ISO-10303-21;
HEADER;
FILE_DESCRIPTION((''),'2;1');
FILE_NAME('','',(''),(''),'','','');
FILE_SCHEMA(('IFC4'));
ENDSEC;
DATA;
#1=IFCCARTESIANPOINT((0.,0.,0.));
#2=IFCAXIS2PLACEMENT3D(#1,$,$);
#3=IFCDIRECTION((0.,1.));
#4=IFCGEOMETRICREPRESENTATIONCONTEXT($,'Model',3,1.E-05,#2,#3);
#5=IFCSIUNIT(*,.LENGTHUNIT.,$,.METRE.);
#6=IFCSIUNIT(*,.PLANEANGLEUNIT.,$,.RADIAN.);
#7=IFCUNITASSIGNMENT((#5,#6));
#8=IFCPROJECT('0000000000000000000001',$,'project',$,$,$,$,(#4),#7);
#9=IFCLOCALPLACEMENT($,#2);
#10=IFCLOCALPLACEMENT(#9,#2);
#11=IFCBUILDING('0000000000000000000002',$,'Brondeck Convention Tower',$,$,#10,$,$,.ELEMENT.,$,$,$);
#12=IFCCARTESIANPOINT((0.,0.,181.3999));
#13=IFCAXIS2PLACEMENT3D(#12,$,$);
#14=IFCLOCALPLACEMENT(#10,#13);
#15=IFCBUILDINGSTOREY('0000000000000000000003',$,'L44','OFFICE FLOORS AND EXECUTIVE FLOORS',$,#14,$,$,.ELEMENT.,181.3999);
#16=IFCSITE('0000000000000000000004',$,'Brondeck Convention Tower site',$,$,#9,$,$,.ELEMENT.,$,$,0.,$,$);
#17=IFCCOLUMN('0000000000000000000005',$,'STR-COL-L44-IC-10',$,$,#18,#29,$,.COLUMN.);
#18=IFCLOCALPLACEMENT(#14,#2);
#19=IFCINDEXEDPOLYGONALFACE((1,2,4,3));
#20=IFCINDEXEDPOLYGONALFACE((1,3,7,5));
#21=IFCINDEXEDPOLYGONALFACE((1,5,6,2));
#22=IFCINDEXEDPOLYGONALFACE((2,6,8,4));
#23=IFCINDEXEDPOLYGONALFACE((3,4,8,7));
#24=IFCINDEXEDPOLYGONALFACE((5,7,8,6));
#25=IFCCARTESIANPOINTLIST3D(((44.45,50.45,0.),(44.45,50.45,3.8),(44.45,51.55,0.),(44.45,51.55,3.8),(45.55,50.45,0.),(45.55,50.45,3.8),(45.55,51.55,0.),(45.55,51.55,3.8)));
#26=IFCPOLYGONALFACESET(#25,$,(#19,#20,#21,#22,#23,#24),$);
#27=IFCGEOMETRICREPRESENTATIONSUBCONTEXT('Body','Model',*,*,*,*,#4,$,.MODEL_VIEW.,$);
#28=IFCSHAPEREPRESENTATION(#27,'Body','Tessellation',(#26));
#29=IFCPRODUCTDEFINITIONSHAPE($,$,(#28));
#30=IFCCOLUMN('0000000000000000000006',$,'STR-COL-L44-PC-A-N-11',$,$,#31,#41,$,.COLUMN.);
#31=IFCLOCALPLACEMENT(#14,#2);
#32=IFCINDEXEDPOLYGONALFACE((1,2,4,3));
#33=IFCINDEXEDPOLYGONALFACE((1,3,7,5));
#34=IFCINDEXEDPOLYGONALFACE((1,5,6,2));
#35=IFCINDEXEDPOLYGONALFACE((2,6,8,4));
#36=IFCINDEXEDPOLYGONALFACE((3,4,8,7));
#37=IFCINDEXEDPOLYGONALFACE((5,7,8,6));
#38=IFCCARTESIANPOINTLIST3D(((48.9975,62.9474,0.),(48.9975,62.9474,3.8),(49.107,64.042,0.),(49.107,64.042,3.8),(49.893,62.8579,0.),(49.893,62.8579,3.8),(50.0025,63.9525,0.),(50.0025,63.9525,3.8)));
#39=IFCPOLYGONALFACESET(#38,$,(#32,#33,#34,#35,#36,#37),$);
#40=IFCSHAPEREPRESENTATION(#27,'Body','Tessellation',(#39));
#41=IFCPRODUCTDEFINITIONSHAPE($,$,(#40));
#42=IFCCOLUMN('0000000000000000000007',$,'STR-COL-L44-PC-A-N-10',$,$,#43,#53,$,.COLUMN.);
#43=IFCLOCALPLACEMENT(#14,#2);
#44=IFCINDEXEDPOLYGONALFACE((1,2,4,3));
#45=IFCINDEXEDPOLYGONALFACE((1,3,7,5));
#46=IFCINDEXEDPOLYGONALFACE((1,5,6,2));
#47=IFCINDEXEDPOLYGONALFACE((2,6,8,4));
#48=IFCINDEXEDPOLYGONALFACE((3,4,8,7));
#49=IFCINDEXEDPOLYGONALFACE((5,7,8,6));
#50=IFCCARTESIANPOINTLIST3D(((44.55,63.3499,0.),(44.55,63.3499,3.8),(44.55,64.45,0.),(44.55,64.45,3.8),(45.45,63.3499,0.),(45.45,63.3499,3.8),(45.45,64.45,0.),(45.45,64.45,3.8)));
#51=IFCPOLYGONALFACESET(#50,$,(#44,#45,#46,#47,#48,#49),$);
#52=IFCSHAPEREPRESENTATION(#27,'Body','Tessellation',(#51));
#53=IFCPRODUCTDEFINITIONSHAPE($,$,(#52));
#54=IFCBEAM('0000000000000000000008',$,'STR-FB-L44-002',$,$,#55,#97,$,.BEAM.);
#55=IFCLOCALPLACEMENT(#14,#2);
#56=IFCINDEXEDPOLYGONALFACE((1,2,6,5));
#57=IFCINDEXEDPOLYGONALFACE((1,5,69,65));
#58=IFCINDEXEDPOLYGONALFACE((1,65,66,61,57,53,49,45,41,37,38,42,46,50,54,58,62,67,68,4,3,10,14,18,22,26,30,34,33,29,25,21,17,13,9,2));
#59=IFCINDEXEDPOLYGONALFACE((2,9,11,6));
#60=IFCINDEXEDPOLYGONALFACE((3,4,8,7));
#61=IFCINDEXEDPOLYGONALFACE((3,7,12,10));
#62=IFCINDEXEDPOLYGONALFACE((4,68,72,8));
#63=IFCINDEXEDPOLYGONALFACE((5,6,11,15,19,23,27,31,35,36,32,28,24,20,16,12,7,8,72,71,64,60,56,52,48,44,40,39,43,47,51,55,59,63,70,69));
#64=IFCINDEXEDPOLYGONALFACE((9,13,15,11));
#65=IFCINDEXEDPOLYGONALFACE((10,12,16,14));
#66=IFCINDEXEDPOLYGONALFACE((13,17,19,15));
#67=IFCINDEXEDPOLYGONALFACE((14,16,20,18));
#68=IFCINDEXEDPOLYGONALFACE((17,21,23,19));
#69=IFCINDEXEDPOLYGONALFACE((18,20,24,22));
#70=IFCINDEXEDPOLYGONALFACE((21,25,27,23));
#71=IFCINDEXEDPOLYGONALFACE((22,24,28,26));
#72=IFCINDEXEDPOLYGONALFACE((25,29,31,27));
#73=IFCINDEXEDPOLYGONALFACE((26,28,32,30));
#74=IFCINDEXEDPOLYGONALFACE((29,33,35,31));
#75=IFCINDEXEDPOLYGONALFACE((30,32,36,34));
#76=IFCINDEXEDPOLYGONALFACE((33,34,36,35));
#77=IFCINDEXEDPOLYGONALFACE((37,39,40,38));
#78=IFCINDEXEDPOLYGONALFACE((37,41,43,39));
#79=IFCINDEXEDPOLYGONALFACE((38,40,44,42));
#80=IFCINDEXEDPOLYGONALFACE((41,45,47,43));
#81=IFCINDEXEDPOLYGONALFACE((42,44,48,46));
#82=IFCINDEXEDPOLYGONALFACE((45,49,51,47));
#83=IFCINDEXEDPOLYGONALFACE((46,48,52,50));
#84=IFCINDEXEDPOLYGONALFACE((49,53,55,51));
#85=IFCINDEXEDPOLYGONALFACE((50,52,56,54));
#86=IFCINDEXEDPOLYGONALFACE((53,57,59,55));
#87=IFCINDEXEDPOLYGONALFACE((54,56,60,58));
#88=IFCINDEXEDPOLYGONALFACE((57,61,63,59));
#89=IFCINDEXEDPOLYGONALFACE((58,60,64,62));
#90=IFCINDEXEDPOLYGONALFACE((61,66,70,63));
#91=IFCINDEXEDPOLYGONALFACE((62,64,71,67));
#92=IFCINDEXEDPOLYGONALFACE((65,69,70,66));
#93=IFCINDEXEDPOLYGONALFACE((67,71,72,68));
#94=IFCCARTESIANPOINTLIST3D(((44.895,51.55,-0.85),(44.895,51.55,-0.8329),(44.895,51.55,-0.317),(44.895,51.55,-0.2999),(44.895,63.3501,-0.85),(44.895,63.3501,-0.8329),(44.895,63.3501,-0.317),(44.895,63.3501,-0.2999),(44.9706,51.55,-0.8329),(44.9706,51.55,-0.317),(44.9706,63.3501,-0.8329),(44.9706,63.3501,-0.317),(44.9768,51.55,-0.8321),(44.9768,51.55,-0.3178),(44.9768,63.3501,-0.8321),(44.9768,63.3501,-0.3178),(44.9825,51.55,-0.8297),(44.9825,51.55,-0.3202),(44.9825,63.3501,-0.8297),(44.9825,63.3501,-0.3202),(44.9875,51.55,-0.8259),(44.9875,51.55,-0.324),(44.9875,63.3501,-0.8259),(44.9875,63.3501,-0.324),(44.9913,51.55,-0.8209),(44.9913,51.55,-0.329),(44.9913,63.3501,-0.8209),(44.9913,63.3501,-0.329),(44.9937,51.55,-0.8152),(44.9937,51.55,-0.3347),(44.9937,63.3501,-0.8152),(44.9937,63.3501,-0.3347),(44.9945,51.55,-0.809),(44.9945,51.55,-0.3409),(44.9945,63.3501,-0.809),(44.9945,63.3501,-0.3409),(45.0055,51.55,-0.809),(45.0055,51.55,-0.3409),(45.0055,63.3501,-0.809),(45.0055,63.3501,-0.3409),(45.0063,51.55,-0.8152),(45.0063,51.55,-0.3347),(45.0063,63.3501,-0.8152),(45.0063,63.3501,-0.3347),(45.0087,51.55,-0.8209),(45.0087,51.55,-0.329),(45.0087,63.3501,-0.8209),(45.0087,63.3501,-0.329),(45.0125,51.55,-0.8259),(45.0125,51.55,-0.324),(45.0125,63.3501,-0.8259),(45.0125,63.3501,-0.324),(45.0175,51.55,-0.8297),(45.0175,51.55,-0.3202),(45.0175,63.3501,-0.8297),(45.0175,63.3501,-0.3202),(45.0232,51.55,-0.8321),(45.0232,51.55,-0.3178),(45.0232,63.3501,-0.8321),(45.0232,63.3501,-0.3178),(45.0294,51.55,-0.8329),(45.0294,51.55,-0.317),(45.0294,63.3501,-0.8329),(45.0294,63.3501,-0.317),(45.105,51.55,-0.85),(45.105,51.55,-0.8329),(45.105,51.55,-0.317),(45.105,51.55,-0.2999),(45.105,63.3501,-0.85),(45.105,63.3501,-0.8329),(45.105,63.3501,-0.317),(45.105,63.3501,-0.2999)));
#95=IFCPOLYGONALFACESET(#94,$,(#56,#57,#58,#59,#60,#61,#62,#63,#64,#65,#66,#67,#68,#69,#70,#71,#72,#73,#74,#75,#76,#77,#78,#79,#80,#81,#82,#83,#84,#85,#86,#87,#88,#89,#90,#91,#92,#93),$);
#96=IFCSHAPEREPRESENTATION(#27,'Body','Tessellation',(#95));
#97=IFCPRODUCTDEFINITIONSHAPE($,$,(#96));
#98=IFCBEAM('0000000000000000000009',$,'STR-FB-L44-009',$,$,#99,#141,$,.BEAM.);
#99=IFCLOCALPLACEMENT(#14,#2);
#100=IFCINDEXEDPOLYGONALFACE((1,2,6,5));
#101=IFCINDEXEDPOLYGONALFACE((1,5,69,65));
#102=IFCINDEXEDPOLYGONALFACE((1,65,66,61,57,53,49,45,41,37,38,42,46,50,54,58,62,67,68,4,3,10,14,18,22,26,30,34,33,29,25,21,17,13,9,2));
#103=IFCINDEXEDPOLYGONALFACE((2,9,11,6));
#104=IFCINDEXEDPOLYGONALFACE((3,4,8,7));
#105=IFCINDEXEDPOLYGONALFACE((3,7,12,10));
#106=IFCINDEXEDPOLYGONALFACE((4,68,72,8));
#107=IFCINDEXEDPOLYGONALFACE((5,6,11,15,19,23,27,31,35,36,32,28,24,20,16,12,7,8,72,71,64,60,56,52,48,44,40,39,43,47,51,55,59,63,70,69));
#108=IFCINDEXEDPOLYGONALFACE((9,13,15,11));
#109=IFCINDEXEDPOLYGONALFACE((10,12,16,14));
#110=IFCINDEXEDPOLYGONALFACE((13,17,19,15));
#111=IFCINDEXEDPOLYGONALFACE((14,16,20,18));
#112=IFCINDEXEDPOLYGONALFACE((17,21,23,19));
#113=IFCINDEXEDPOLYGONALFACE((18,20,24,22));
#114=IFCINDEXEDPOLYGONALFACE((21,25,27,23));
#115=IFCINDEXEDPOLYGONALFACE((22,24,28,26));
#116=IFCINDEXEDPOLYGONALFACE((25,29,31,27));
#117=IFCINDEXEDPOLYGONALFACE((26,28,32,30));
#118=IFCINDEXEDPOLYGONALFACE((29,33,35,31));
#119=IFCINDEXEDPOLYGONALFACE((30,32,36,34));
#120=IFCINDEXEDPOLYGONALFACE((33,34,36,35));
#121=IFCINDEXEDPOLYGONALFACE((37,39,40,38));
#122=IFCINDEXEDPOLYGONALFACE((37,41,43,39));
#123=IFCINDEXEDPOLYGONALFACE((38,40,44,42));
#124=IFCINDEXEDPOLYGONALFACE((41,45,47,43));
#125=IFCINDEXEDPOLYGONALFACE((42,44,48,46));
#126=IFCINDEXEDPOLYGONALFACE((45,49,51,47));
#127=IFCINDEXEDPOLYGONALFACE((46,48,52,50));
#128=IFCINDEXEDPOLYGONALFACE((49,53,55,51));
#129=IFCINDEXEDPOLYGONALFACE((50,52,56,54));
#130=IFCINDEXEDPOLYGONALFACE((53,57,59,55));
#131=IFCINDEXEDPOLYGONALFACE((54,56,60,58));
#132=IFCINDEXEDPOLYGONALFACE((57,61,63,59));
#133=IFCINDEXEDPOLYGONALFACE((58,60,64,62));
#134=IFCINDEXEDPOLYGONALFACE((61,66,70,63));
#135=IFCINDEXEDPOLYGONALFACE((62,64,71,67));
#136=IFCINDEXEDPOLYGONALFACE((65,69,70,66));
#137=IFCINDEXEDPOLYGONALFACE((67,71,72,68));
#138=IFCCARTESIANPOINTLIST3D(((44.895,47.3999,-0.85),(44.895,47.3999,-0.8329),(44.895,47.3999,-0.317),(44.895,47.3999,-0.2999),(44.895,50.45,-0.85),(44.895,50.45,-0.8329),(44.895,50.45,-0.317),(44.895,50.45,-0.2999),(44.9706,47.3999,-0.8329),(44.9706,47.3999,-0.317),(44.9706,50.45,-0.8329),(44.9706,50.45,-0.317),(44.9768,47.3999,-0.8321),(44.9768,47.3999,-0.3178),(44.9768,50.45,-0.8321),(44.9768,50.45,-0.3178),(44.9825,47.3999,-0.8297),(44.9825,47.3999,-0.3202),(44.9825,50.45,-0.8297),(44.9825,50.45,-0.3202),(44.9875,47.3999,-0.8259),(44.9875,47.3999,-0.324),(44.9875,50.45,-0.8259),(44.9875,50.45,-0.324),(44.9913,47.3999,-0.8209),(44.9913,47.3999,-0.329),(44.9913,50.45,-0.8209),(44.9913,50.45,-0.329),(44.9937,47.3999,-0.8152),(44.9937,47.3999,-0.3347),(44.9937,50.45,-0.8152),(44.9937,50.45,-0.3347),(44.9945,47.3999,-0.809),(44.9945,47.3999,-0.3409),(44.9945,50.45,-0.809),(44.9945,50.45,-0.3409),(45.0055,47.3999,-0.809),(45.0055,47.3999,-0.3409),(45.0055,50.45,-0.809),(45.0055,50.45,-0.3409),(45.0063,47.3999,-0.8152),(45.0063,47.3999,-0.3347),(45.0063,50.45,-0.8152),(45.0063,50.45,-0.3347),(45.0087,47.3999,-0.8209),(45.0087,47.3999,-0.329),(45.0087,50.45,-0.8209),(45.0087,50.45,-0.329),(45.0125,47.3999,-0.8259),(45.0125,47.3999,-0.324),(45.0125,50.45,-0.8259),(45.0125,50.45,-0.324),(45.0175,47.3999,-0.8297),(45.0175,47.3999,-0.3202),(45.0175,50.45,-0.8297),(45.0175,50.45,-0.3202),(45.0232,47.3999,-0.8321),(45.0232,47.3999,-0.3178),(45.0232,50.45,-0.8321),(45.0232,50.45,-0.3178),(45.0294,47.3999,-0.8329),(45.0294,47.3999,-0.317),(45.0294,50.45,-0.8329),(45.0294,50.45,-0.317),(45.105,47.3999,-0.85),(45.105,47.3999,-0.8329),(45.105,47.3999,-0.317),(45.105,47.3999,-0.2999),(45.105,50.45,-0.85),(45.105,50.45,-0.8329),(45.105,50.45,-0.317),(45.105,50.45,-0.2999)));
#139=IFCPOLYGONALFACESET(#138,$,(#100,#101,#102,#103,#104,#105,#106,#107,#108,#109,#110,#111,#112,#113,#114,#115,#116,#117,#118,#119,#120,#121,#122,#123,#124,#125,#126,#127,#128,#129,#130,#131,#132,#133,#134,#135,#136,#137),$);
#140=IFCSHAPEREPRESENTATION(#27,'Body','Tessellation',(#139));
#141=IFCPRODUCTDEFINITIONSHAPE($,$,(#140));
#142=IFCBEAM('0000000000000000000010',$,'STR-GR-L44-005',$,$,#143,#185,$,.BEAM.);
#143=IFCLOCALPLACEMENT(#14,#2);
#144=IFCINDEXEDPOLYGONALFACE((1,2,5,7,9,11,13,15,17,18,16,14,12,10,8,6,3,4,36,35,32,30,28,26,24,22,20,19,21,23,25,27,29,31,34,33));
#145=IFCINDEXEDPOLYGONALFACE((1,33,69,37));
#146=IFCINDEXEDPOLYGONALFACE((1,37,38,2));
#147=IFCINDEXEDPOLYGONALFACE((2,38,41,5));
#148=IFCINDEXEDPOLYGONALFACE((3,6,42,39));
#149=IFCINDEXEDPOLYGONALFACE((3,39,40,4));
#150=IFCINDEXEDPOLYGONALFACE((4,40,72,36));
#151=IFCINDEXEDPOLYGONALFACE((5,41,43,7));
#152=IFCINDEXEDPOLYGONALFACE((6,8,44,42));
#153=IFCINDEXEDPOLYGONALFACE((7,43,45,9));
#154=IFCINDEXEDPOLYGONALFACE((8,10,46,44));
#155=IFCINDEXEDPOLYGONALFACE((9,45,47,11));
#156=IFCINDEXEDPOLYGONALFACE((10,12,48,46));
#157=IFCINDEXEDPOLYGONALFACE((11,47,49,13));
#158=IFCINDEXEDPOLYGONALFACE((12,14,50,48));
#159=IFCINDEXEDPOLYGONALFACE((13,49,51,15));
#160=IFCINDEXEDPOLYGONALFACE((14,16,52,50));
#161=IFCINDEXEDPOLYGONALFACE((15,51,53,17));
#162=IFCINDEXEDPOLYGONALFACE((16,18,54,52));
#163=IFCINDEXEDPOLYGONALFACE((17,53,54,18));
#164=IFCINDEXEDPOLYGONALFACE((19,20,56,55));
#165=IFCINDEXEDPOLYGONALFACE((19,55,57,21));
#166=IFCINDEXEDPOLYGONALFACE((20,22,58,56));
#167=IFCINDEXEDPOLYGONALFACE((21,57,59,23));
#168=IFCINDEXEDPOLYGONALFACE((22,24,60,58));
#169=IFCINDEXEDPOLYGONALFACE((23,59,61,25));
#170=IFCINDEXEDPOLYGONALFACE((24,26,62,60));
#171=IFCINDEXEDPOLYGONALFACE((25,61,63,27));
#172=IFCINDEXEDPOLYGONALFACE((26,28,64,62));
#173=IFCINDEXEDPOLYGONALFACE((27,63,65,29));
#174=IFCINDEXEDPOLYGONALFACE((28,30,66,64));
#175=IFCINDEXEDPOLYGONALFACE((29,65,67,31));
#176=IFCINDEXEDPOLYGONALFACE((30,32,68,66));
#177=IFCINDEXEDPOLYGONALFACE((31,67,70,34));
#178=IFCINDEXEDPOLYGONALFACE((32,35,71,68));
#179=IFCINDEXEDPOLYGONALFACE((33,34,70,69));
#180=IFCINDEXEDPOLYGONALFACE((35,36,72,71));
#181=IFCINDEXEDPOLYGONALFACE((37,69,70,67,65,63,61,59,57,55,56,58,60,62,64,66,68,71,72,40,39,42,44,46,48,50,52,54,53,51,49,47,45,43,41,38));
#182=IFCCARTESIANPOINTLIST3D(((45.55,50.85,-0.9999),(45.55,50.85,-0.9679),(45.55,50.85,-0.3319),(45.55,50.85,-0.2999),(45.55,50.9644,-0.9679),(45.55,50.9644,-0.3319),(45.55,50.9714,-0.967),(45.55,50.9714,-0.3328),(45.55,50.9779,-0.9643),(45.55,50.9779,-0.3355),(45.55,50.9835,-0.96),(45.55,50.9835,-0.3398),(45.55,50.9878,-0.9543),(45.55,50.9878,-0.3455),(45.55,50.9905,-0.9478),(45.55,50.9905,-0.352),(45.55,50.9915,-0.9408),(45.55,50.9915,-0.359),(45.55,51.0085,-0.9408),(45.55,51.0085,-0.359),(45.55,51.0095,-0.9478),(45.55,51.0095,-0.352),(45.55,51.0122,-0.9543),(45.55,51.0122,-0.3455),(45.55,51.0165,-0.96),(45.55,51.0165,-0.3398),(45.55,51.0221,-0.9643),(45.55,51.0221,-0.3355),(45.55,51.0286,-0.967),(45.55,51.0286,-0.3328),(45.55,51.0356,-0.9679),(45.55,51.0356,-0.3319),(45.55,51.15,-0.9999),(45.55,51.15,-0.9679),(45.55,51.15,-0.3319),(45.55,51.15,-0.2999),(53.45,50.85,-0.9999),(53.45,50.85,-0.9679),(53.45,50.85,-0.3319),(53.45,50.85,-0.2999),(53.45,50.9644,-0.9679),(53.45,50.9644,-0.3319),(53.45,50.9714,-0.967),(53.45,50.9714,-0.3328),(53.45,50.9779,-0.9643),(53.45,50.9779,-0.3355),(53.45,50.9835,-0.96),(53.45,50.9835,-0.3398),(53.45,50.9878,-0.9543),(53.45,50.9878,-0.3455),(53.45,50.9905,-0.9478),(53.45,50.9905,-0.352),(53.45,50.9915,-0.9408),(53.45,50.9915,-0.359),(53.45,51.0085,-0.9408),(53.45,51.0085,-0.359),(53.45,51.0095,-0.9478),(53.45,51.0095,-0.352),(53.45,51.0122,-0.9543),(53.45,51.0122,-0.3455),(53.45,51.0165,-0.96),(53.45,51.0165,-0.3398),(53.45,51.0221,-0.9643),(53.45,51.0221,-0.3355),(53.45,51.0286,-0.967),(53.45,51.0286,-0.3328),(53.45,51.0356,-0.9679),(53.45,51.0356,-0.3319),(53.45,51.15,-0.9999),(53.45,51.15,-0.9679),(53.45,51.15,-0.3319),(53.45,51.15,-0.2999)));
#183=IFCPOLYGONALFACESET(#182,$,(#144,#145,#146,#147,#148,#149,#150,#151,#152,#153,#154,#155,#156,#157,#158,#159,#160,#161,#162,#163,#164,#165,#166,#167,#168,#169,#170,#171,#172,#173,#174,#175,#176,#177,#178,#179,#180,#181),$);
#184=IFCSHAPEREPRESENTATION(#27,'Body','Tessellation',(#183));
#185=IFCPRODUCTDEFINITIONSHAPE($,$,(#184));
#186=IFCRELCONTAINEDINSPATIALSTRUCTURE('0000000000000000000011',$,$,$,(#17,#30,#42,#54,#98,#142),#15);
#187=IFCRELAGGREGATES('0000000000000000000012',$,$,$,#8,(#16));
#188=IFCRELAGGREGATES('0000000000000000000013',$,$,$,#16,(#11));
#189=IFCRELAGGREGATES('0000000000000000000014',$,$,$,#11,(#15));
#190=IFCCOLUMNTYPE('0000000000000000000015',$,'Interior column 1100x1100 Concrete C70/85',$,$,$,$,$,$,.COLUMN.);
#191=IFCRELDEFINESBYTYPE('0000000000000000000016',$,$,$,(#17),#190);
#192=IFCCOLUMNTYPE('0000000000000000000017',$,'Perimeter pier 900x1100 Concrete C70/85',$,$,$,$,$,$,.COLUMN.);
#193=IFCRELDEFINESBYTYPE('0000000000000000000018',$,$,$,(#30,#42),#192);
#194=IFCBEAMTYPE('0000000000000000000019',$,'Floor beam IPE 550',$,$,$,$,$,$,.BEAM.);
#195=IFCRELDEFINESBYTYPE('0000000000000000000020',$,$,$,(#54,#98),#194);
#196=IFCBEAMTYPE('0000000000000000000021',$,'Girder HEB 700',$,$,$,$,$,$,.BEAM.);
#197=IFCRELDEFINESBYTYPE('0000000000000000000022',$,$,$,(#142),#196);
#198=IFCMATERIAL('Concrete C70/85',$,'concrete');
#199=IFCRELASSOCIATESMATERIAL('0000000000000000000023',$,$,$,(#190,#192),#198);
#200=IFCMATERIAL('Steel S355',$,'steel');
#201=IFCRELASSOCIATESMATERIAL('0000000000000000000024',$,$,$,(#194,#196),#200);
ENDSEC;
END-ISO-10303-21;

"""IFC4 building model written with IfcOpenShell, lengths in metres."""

from ifc_helpers import new_model, si_unit, direction, frame, origin, origin_2d, place, context, subcontext, project, spatial, rectangle, i_section, extrude, material, material_profile, profile_set, type_object, element, save


model = new_model("IFC4")

# Units and contexts
model_context = context("Model", 3, precision=1e-05, world=origin(), true_north=direction((0.0, 1.0)))
body_context = subcontext(model_context, "Body", "Model", "MODEL_VIEW")
ifc_project = project(units=[si_unit("LENGTHUNIT", "METRE"), si_unit("PLANEANGLEUNIT", "RADIAN")], contexts=[model_context])

# Site, building, storey
site_placement = place(None, origin())
site = spatial("IfcSite", under=ifc_project, at=site_placement, Name="Brondeck Convention Tower site", CompositionType="ELEMENT", RefElevation=0.0)
building_placement = place(site_placement, origin())
building = spatial("IfcBuilding", under=site, at=building_placement, Name="Brondeck Convention Tower", CompositionType="ELEMENT")
storey_placement = place(building_placement, frame((0.0, 0.0, 181.3999)))
storey = spatial("IfcBuildingStorey", under=building, at=storey_placement, Name="L44", Description="OFFICE FLOORS AND EXECUTIVE FLOORS", CompositionType="ELEMENT", Elevation=181.3999)

# Columns
ifc_material_1 = material(Name="Concrete C70/85", Category="concrete")
ifc_material_profile_1 = material_profile(ifc_material_1, rectangle(XDim=1.1001, YDim=1.1001, at=origin_2d()), Name="Interior column 1100x1100 Concrete C70/85")
ifc_profile_set_1 = profile_set([ifc_material_profile_1], Name="Concrete C70/85")
column_type_1 = type_object("IfcColumnType", Name="Interior column 1100x1100 Concrete C70/85", PredefinedType="COLUMN", material=ifc_profile_set_1)
column_placement = place(storey_placement, frame((45.0, 51.0, 0.0), z_axis=(0.0, 0.0, 1.0), x_axis=(1.0, 0.0, 0.0)))
element("IfcColumn", 1, at=column_placement, inside=storey, type_object=column_type_1, Name="STR-COL-L44-IC-10", PredefinedType="COLUMN", context=body_context, shape_type="SweptSolid", body=[
    extrude(rectangle(XDim=1.1001, YDim=1.1001, at=origin_2d()), origin(), (0.0, 0.0, 1.0), 3.8),
])
ifc_material_profile_2 = material_profile(ifc_material_1, rectangle(XDim=0.8999, YDim=1.1001, at=origin_2d()), Name="Perimeter pier 900x1100 Concrete C70/85")
ifc_profile_set_2 = profile_set([ifc_material_profile_2], Name="Concrete C70/85")
column_type_2 = type_object("IfcColumnType", Name="Perimeter pier 900x1100 Concrete C70/85", PredefinedType="COLUMN", material=ifc_profile_set_2)
for number, where, z_axis, x_axis, name in (
    (2, (49.5, 63.45, 0.0), (0.0, 0.0, 1.0), (-0.995037, 0.099504, 0.0), "STR-COL-L44-PC-A-N-11"),
    (3, (45.0, 63.8999, 0.0), (0.0, 0.0, 1.0), (-1.0, 0.0, 0.0), "STR-COL-L44-PC-A-N-10"),
):
    element("IfcColumn", number, at=place(storey_placement, frame(where, z_axis=z_axis, x_axis=x_axis)), inside=storey, type_object=column_type_2, Name=name, PredefinedType="COLUMN", context=body_context, shape_type="SweptSolid", body=[
        extrude(rectangle(XDim=0.8999, YDim=1.1001, at=origin_2d()), origin(), (0.0, 0.0, 1.0), 3.8),
    ])

# Beams
ifc_material_2 = material(Name="Steel S355", Category="steel")
ifc_material_profile_3 = material_profile(ifc_material_2, i_section(OverallWidth=0.21, OverallDepth=0.55, WebThickness=0.011, FlangeThickness=0.0171, FilletRadius=0.0239, at=origin_2d()), Name="IPE 550")
ifc_profile_set_3 = profile_set([ifc_material_profile_3], Name="Steel S355")
beam_type_1 = type_object("IfcBeamType", Name="Floor beam IPE 550", PredefinedType="BEAM", material=ifc_profile_set_3)
beam_1_placement = place(storey_placement, frame((45.0, 51.55, -0.575), z_axis=(0.0, 1.0, 0.0), x_axis=(-1.0, 0.0, 0.0)))
element("IfcBeam", 4, at=beam_1_placement, inside=storey, type_object=beam_type_1, Name="STR-FB-L44-002", PredefinedType="BEAM", context=body_context, shape_type="SweptSolid", body=[
    extrude(i_section(OverallWidth=0.21, OverallDepth=0.55, WebThickness=0.011, FlangeThickness=0.0171, FilletRadius=0.0239, at=origin_2d()), origin(), (0.0, 0.0, 1.0), 11.8),
])
beam_2_placement = place(storey_placement, frame((45.0, 47.3999, -0.575), z_axis=(0.0, 1.0, 0.0), x_axis=(-1.0, 0.0, 0.0)))
element("IfcBeam", 5, at=beam_2_placement, inside=storey, type_object=beam_type_1, Name="STR-FB-L44-009", PredefinedType="BEAM", context=body_context, shape_type="SweptSolid", body=[
    extrude(i_section(OverallWidth=0.21, OverallDepth=0.55, WebThickness=0.011, FlangeThickness=0.0171, FilletRadius=0.0239, at=origin_2d()), origin(), (0.0, 0.0, 1.0), 3.05),
])
ifc_material_profile_4 = material_profile(ifc_material_2, i_section(OverallWidth=0.3, OverallDepth=0.7, WebThickness=0.0171, FlangeThickness=0.032, FilletRadius=0.0271, at=origin_2d()), Name="HEB 700")
ifc_profile_set_4 = profile_set([ifc_material_profile_4], Name="Steel S355")
beam_type_2 = type_object("IfcBeamType", Name="Girder HEB 700", PredefinedType="BEAM", material=ifc_profile_set_4)
beam_3_placement = place(storey_placement, frame((45.55, 51.0, -0.6499), z_axis=(1.0, 0.0, 0.0), x_axis=(0.0, 1.0, 0.0)))
element("IfcBeam", 6, at=beam_3_placement, inside=storey, type_object=beam_type_2, Name="STR-GR-L44-005", PredefinedType="BEAM", context=body_context, shape_type="SweptSolid", body=[
    extrude(i_section(OverallWidth=0.3, OverallDepth=0.7, WebThickness=0.0171, FlangeThickness=0.032, FilletRadius=0.0271, at=origin_2d()), origin(), (0.0, 0.0, 1.0), 7.8999),
])

save(model, "model.ifc")
